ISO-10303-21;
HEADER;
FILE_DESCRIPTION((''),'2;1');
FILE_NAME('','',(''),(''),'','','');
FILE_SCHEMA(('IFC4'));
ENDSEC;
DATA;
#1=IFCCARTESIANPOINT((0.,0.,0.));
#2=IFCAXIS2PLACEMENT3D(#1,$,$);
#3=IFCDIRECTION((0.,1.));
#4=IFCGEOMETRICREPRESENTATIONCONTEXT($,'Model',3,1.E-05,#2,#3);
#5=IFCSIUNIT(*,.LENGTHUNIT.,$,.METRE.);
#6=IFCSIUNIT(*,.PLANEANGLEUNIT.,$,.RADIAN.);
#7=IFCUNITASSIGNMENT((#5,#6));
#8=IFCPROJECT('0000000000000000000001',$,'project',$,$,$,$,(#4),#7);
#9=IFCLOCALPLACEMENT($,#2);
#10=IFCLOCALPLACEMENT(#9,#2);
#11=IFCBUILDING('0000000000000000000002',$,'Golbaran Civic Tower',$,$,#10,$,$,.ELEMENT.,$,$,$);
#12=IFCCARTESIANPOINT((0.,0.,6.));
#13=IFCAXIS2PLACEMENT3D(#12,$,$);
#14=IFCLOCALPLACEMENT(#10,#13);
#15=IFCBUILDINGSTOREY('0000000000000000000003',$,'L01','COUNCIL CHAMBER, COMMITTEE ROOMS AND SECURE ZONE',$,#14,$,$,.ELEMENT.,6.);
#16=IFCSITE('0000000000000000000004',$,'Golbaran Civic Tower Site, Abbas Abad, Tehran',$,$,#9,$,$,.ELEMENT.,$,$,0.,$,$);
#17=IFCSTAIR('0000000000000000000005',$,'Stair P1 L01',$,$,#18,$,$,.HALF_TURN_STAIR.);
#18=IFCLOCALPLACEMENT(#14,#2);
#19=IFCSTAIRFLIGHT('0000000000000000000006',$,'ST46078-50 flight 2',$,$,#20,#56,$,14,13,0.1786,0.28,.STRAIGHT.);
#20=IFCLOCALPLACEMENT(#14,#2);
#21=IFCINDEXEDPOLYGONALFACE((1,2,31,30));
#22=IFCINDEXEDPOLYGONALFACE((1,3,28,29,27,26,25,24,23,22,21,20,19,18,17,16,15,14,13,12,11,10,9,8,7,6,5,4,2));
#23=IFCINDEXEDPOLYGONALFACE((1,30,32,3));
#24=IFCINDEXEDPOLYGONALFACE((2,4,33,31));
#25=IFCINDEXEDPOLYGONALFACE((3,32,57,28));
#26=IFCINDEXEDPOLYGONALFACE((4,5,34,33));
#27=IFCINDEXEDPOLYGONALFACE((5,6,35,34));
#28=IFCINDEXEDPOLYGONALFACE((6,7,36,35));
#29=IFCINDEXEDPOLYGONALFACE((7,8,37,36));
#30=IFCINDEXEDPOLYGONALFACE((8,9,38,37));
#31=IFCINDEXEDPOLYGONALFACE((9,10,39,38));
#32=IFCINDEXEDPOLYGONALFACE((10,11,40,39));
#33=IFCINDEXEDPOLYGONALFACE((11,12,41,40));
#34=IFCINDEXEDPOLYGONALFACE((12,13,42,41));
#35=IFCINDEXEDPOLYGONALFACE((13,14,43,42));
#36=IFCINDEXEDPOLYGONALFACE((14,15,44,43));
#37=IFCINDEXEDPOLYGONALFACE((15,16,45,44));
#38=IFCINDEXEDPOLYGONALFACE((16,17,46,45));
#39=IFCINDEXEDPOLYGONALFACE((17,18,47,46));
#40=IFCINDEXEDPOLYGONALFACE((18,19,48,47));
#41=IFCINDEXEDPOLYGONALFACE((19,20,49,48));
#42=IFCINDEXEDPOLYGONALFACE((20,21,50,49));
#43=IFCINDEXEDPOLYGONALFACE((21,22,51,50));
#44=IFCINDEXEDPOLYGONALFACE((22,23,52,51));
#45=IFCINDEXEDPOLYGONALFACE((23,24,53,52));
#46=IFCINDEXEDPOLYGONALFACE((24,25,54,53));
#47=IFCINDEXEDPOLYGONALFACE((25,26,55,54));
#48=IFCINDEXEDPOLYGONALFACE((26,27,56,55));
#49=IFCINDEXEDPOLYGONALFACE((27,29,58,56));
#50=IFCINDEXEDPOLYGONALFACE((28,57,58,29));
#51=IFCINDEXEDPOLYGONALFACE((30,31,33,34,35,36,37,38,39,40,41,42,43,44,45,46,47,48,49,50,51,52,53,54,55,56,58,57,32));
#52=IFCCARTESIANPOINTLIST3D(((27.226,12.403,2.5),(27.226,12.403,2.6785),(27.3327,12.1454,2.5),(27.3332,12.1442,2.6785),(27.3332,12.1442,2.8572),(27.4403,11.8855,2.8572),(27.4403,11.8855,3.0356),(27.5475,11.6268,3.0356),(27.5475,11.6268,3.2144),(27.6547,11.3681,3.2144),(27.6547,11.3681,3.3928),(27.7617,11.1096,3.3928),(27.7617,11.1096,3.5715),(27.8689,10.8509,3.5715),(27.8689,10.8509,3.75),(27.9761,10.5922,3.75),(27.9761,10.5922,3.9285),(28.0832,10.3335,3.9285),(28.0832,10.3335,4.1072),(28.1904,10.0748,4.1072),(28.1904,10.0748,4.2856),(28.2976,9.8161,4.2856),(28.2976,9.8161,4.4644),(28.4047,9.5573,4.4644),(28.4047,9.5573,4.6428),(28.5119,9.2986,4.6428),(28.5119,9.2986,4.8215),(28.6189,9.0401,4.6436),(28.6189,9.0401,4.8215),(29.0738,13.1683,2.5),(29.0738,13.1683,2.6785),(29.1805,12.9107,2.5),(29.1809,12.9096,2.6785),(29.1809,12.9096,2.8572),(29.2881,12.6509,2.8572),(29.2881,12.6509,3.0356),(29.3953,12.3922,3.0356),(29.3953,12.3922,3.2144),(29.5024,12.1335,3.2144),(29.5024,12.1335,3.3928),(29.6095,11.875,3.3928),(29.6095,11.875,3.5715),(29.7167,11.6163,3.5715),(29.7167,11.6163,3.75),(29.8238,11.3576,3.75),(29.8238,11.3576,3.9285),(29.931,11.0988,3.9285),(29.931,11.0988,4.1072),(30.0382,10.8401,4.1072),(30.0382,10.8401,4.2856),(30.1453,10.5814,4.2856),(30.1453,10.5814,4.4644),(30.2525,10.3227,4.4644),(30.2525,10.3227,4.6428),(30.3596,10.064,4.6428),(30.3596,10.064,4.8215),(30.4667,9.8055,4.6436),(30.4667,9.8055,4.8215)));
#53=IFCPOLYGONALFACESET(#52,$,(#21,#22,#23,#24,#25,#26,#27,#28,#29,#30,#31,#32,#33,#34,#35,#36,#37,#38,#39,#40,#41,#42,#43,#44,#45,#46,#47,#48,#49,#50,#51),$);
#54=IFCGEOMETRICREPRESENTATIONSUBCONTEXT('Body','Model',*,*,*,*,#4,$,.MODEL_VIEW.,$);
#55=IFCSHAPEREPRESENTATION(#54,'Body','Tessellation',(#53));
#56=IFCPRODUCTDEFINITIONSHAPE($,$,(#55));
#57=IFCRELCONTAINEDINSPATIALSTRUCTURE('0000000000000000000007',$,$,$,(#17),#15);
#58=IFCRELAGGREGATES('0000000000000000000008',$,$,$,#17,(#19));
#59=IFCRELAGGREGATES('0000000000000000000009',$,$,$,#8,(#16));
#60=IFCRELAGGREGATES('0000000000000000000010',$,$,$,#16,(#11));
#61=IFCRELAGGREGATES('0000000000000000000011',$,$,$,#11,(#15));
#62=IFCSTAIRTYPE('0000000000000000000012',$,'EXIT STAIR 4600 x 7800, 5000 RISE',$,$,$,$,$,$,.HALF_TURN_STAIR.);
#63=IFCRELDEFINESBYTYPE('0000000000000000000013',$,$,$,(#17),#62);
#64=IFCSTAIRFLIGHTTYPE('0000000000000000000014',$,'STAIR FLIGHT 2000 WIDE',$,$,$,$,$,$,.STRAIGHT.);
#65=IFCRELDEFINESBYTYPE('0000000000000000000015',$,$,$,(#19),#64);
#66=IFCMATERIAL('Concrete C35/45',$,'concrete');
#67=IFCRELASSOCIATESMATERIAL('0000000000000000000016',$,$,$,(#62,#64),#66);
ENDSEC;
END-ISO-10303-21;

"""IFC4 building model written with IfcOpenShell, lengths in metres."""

from ifc_helpers import new_model, si_unit, direction, frame, origin, place, context, subcontext, project, spatial, polyline, outline, extrude, material, type_object, element, aggregate, save


model = new_model("IFC4")

# Units and contexts
model_context = context("Model", 3, precision=1e-05, world=origin(), true_north=direction((0.0, 1.0)))
body_context = subcontext(model_context, "Body", "Model", "MODEL_VIEW")
ifc_project = project(units=[si_unit("LENGTHUNIT", "METRE"), si_unit("PLANEANGLEUNIT", "RADIAN")], contexts=[model_context])

# Site, building, storey
site_placement = place(None, origin())
site = spatial("IfcSite", under=ifc_project, at=site_placement, Name="Golbaran Civic Tower Site, Abbas Abad, Tehran", CompositionType="ELEMENT", RefElevation=0.0)
building_placement = place(site_placement, origin())
building = spatial("IfcBuilding", under=site, at=building_placement, Name="Golbaran Civic Tower", CompositionType="ELEMENT")
storey_placement = place(building_placement, frame((0.0, 0.0, 6.0)))
storey = spatial("IfcBuildingStorey", under=building, at=storey_placement, Name="L01", Description="COUNCIL CHAMBER, COMMITTEE ROOMS AND SECURE ZONE", CompositionType="ELEMENT", Elevation=6.0)

# Stair, stair flight
ifc_material_1 = material(Name="Concrete C35/45", Category="concrete")
stair_type = type_object("IfcStairType", Name="EXIT STAIR 4600 x 7800, 5000 RISE", PredefinedType="HALF_TURN_STAIR", material=ifc_material_1)
stair_placement = place(storey_placement, origin())
stair = element("IfcStair", 1, at=stair_placement, inside=storey, type_object=stair_type, Name="Stair P1 L01", PredefinedType="HALF_TURN_STAIR")
stair_flight_type = type_object("IfcStairFlightType", Name="STAIR FLIGHT 2000 WIDE", PredefinedType="STRAIGHT", material=ifc_material_1)
stair_flight_placement = place(storey_placement, frame((28.1499, 12.7856, 2.5), z_axis=(0.0, 0.0, 1.0), x_axis=(0.382683, -0.92388, 0.0)))
stair_flight = element("IfcStairFlight", 2, at=stair_flight_placement, type_object=stair_flight_type, Name="ST46078-50 flight 2", NumberOfRisers=14, NumberOfTreads=13, PredefinedType="STRAIGHT", RiserHeight=0.1786, TreadLength=0.28, context=body_context, shape_type="SweptSolid", body=[
    extrude(outline(polyline([(0.0, 0.0), (0.0, 0.1785), (0.28, 0.1785), (0.28, 0.3572), (0.5601, 0.3572), (0.5601, 0.5356), (0.8401, 0.5356), (0.8401, 0.7144), (1.1201, 0.7144), (1.1201, 0.8928), (1.3999, 0.8928), (1.3999, 1.0715), (1.6799, 1.0715), (1.6799, 1.25), (1.96, 1.25), (1.96, 1.4285), (2.24, 1.4285), (2.24, 1.6072), (2.52, 1.6072), (2.52, 1.7856), (2.8, 1.7856), (2.8, 1.9644), (3.0801, 1.9644), (3.0801, 2.1428), (3.3601, 2.1428), (3.3601, 2.3215), (3.6399, 2.3215), (3.6399, 2.5), (3.6399, 2.1436), (0.2788, 0.0), (0.0, 0.0)])), frame((0.0, 1.0, 0.0), z_axis=(0.0, -1.0, 0.0), x_axis=(1.0, 0.0, 0.0)), (0.0, 0.0, 1.0), 2.0),
])
aggregate(stair, [stair_flight])

save(model, "model.ifc")
